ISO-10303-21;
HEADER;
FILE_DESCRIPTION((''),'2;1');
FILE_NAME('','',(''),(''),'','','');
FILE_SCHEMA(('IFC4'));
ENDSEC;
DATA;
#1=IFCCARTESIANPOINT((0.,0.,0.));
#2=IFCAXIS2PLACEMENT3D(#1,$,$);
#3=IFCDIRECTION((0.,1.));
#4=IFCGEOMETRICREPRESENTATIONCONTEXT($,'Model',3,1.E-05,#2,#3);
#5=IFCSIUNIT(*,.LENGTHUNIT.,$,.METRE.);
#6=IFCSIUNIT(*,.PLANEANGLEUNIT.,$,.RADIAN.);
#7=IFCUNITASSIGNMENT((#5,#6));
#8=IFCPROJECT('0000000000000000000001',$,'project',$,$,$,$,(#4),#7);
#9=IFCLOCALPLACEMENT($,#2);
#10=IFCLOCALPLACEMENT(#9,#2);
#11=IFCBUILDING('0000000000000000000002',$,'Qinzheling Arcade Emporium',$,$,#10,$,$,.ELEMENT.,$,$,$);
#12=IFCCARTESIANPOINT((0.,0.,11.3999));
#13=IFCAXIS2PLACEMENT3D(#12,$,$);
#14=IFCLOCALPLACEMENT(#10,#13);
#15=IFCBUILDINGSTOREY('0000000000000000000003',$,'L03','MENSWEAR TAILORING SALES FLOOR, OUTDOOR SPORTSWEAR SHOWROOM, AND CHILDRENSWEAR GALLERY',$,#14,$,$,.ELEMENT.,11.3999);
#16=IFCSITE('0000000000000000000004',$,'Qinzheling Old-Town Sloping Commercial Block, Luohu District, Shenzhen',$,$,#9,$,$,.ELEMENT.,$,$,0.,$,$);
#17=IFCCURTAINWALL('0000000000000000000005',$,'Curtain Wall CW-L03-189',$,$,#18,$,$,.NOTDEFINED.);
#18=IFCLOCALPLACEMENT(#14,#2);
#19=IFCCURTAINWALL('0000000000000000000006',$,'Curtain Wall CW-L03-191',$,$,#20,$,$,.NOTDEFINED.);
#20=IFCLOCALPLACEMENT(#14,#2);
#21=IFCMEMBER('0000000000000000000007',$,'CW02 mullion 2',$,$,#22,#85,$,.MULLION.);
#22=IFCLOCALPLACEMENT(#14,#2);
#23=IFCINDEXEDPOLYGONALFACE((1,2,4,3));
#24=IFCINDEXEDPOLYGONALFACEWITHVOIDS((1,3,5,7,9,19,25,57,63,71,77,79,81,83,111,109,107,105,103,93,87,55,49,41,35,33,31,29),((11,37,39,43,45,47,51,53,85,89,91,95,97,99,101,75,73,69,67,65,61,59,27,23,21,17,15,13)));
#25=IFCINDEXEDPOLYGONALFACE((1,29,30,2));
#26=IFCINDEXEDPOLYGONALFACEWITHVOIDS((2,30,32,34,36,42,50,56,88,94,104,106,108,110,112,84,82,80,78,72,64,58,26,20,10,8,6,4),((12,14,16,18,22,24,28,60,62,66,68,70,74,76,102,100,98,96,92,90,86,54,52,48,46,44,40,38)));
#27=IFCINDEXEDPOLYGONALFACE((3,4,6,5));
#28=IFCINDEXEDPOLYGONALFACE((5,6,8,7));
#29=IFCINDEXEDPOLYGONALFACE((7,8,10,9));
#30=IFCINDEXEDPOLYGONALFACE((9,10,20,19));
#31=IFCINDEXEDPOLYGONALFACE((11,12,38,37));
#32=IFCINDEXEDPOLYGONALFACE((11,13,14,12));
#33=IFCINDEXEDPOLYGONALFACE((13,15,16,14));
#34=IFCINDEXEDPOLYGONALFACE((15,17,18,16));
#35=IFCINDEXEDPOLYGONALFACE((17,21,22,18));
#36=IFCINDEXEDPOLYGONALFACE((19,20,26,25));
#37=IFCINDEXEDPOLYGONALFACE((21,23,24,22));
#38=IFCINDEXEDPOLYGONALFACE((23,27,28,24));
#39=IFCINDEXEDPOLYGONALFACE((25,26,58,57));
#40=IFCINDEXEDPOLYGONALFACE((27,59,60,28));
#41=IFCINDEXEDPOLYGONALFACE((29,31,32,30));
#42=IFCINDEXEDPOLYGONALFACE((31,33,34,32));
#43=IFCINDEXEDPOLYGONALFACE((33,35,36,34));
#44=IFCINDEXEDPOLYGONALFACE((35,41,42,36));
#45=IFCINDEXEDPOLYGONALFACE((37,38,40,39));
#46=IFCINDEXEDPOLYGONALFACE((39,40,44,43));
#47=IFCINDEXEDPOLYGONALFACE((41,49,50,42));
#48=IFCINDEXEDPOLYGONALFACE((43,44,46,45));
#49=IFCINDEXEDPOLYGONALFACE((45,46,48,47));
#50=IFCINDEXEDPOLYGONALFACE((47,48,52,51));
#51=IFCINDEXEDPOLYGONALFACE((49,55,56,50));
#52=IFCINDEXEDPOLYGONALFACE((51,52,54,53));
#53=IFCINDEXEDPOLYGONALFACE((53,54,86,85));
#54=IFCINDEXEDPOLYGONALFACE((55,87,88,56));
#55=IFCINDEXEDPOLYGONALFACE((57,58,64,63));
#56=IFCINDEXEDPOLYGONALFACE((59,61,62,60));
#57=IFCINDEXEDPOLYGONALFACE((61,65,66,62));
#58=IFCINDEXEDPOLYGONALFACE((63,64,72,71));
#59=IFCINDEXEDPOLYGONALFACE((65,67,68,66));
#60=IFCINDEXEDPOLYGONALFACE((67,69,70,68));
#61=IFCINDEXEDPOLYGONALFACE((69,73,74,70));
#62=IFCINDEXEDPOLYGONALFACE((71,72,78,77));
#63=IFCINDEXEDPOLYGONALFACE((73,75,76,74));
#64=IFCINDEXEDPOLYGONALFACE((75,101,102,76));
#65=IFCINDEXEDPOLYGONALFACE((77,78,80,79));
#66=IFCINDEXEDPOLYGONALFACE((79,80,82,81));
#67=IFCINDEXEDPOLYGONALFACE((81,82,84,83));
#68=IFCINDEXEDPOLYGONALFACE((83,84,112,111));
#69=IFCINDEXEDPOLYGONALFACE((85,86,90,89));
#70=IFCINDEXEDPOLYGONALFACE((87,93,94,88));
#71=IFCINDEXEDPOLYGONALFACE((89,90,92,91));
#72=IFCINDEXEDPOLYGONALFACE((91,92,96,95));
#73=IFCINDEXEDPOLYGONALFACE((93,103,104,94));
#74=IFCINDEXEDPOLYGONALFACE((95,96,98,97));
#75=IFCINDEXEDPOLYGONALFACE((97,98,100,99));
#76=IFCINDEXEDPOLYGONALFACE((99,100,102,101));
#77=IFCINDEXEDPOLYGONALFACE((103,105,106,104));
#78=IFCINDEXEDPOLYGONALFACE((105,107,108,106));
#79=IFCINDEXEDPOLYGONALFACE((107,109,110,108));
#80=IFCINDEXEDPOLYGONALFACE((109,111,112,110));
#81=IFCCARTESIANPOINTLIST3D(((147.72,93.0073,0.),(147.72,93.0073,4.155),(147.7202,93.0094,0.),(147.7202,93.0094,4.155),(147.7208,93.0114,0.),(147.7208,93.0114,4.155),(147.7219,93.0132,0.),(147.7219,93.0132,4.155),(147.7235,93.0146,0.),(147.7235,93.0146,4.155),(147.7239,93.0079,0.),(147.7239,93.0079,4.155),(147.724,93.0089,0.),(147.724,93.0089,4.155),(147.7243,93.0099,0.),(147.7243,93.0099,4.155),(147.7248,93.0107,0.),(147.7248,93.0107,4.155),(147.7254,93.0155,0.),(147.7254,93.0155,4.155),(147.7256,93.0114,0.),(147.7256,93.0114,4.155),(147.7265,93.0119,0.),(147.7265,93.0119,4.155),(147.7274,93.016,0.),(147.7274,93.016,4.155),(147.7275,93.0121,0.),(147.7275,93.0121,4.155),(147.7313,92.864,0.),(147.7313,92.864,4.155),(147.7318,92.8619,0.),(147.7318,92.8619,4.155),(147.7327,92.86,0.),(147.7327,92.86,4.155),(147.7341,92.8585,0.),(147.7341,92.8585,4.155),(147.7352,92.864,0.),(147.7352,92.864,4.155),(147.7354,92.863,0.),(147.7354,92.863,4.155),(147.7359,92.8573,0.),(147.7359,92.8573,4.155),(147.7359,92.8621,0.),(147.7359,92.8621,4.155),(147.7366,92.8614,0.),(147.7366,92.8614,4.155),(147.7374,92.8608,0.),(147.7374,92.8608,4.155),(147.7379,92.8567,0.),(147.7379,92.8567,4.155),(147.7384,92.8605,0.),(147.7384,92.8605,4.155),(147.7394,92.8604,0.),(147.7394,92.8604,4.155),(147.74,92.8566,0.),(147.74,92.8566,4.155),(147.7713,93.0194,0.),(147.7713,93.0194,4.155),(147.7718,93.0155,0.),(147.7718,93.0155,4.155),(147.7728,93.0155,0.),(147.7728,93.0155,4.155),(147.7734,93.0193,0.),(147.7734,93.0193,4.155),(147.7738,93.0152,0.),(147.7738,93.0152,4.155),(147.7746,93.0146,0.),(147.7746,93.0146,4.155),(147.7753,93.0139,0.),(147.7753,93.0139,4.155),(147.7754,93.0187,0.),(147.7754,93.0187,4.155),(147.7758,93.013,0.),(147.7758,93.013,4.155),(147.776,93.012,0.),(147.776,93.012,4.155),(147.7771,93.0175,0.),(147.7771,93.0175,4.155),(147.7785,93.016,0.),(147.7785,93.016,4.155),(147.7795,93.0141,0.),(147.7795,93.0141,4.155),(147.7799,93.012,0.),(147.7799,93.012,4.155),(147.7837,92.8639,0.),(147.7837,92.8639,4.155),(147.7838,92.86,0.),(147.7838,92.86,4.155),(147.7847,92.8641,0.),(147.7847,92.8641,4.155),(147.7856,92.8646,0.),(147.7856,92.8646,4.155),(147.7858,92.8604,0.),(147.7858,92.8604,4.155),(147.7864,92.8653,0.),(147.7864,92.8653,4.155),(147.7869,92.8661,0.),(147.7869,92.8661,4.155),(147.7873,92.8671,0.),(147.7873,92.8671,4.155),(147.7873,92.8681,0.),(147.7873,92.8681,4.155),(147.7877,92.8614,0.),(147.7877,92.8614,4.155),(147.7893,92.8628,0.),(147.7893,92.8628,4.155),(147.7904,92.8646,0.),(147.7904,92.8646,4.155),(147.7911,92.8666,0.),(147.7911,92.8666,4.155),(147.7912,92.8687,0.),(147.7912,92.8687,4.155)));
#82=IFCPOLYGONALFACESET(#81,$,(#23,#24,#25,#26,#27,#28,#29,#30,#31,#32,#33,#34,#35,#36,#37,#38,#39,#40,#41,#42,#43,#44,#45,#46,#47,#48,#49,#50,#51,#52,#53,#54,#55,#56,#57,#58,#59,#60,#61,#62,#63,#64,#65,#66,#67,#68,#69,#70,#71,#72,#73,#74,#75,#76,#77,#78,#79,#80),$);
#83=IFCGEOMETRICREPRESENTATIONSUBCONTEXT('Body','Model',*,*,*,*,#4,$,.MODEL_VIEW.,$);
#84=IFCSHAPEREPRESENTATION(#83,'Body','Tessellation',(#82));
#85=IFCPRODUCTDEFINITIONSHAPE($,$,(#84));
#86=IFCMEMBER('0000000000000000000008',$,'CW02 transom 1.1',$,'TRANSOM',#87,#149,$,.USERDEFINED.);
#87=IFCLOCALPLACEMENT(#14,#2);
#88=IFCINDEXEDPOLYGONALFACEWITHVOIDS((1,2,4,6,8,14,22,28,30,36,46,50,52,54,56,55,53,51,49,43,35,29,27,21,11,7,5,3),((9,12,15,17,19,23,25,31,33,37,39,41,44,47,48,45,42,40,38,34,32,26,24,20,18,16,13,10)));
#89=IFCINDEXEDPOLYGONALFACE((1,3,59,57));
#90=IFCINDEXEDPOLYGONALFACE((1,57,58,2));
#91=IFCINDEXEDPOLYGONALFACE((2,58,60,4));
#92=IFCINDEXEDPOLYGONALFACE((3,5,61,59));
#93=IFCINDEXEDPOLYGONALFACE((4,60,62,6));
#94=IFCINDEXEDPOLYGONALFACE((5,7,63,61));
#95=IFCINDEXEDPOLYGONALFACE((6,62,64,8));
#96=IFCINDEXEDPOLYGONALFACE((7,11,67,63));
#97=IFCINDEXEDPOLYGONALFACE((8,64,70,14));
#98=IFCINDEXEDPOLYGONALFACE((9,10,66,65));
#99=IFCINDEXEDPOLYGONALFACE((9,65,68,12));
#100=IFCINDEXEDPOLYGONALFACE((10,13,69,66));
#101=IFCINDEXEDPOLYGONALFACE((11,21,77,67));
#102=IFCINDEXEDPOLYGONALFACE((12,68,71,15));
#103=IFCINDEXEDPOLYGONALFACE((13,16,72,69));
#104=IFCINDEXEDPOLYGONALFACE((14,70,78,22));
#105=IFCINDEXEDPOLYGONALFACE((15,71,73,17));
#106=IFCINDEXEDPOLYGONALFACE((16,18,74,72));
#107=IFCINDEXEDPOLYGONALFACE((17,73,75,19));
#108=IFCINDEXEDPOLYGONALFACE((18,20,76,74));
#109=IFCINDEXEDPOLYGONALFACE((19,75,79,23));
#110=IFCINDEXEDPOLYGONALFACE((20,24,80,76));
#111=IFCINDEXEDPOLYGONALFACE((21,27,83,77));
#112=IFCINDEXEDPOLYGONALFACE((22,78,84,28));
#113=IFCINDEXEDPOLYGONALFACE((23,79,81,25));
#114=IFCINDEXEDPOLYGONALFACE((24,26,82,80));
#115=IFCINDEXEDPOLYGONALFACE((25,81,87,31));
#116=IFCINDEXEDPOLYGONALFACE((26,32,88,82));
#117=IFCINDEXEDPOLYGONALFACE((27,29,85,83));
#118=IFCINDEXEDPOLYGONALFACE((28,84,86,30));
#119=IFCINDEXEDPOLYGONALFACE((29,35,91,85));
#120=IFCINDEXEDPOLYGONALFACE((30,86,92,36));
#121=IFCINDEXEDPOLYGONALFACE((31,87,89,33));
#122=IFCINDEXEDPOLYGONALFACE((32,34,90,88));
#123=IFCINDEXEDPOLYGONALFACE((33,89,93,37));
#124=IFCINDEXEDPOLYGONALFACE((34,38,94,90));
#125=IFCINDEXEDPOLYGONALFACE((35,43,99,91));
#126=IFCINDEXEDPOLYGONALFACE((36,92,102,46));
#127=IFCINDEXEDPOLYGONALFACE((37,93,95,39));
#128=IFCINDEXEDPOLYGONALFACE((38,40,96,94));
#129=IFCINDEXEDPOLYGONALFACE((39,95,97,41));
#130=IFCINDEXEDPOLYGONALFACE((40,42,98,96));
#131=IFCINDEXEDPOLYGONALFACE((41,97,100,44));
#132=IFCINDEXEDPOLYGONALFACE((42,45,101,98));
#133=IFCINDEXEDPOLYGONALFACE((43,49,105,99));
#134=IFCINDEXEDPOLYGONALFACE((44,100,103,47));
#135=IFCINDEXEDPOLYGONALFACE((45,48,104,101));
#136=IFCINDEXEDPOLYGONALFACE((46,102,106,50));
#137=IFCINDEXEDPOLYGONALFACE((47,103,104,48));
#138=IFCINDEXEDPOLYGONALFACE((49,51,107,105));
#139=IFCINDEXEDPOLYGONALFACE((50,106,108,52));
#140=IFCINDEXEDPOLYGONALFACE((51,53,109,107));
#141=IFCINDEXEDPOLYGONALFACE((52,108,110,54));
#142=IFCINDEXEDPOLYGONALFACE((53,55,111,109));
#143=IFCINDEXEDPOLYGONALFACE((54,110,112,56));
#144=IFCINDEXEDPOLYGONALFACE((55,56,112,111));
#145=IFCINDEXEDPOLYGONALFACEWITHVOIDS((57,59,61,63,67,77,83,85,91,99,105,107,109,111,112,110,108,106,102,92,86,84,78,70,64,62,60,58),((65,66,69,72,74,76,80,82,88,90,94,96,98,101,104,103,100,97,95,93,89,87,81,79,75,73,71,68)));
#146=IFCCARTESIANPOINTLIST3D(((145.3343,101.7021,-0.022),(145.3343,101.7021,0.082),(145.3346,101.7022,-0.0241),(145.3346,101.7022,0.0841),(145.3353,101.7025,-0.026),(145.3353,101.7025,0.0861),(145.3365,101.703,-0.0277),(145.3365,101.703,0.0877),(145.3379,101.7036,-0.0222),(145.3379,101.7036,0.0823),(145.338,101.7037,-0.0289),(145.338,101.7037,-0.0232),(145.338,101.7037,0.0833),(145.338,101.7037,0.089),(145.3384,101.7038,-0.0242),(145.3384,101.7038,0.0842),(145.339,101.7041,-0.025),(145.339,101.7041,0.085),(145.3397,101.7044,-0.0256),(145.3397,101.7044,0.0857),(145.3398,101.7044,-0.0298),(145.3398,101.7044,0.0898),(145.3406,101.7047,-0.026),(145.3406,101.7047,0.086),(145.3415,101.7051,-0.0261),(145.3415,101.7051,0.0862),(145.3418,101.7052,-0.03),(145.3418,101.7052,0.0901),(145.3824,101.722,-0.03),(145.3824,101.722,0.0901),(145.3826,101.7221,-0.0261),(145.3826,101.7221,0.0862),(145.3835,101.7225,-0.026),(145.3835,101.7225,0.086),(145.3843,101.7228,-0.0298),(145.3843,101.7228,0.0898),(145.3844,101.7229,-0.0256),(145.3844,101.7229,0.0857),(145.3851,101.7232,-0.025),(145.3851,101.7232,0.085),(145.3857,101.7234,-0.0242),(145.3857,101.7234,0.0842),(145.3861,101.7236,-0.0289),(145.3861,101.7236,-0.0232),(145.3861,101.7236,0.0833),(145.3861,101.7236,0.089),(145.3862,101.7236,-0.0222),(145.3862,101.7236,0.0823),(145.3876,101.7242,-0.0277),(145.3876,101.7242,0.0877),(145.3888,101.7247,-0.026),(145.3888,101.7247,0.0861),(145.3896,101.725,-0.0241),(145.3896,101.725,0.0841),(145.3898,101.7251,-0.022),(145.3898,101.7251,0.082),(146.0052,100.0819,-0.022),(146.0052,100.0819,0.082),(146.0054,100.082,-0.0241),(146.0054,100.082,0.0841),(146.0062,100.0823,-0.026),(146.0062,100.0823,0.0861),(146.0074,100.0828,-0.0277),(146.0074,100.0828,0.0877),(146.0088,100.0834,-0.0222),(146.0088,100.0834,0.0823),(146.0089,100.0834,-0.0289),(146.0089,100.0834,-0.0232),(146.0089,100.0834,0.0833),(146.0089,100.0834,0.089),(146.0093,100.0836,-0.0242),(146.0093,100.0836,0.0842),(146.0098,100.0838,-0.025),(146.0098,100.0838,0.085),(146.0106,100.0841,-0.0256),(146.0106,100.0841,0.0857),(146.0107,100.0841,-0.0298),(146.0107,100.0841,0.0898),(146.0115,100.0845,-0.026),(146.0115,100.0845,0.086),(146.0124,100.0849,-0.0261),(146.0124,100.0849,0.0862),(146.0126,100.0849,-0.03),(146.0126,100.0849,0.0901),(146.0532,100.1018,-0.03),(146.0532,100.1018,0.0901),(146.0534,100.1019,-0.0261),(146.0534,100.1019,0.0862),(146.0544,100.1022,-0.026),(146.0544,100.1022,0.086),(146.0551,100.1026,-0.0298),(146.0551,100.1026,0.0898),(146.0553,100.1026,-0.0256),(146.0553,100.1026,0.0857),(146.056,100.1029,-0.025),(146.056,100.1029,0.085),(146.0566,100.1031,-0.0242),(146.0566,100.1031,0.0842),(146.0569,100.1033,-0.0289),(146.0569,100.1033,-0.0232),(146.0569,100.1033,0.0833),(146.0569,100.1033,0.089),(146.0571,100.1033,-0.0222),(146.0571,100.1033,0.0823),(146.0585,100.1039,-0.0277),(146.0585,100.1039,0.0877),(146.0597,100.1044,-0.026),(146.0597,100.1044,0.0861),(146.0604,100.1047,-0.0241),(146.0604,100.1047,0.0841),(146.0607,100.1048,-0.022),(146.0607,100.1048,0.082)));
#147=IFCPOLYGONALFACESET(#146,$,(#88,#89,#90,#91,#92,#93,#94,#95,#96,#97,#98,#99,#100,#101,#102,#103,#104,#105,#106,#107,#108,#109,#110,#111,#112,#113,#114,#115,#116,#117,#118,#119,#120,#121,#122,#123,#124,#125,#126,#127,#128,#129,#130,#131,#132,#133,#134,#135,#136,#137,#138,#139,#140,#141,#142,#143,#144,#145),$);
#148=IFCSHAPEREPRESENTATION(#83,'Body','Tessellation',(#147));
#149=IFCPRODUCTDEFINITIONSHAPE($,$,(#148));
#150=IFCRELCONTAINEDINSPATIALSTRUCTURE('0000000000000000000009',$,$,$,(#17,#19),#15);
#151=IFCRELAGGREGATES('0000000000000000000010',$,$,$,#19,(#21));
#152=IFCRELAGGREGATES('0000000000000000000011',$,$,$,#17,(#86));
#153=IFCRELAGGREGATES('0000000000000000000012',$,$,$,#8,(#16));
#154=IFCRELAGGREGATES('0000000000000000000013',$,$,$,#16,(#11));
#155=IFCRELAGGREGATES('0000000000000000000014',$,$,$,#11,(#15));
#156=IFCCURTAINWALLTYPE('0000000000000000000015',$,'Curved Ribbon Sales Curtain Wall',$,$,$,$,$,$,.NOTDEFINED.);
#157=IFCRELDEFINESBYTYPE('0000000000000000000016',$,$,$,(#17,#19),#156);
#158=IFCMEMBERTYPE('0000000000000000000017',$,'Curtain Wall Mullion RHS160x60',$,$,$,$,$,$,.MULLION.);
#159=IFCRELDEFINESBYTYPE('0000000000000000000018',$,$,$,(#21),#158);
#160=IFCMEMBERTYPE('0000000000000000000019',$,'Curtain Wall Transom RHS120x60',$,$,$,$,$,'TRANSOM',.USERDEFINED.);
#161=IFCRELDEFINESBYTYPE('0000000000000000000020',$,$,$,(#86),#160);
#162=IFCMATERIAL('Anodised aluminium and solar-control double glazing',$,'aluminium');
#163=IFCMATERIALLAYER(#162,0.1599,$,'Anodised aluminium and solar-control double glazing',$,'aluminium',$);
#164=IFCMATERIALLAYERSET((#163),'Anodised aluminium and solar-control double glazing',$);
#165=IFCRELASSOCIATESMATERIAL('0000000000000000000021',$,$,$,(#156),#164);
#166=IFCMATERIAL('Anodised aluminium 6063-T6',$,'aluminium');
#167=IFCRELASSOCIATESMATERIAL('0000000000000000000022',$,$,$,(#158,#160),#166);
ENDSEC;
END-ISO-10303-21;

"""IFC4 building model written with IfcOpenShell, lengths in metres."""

from ifc_helpers import new_model, si_unit, direction, frame, origin, origin_2d, place, context, subcontext, project, spatial, hollow_rectangle, extrude, material, layer, layer_set, material_profile, profile_set, type_object, element, aggregate, save


model = new_model("IFC4")

# Units and contexts
model_context = context("Model", 3, precision=1e-05, world=origin(), true_north=direction((0.0, 1.0)))
body_context = subcontext(model_context, "Body", "Model", "MODEL_VIEW")
ifc_project = project(units=[si_unit("LENGTHUNIT", "METRE"), si_unit("PLANEANGLEUNIT", "RADIAN")], contexts=[model_context])

# Site, building, storey
site_placement = place(None, origin())
site = spatial("IfcSite", under=ifc_project, at=site_placement, Name="Qinzheling Old-Town Sloping Commercial Block, Luohu District, Shenzhen", CompositionType="ELEMENT", RefElevation=0.0)
building_placement = place(site_placement, origin())
building = spatial("IfcBuilding", under=site, at=building_placement, Name="Qinzheling Arcade Emporium", CompositionType="ELEMENT")
storey_placement = place(building_placement, frame((0.0, 0.0, 11.3999)))
storey = spatial("IfcBuildingStorey", under=building, at=storey_placement, Name="L03", Description="MENSWEAR TAILORING SALES FLOOR, OUTDOOR SPORTSWEAR SHOWROOM, AND CHILDRENSWEAR GALLERY", CompositionType="ELEMENT", Elevation=11.3999)

# Curtain walls, member
ifc_material_1 = material(Name="Anodised aluminium and solar-control double glazing", Category="aluminium")
ifc_layer_1 = layer(ifc_material_1, 0.1599, Name="Anodised aluminium and solar-control double glazing", Category="aluminium")
ifc_layer_set_1 = layer_set([ifc_layer_1], Name="Anodised aluminium and solar-control double glazing")
curtain_wall_type = type_object("IfcCurtainWallType", Name="Curved Ribbon Sales Curtain Wall", PredefinedType="NOTDEFINED", material=ifc_layer_set_1)
curtain_wall_1_placement = place(storey_placement, origin())
curtain_wall_1 = element("IfcCurtainWall", 1, at=curtain_wall_1_placement, inside=storey, type_object=curtain_wall_type, Name="Curtain Wall CW-L03-189", PredefinedType="NOTDEFINED")
ifc_material_2 = material(Name="Anodised aluminium 6063-T6", Category="aluminium")
ifc_material_profile_1 = material_profile(ifc_material_2, hollow_rectangle(XDim=0.0601, YDim=0.1599, WallThickness=0.0039, InnerFilletRadius=0.0039, OuterFilletRadius=0.0081, at=origin_2d()), Name="RHS 160x60x4", Category="aluminium")
ifc_profile_set_1 = profile_set([ifc_material_profile_1], Name="Anodised aluminium 6063-T6")
member_type_1 = type_object("IfcMemberType", Name="Curtain Wall Mullion RHS160x60", PredefinedType="MULLION", material=ifc_profile_set_1)
curtain_wall_2_placement = place(storey_placement, origin())
curtain_wall_2 = element("IfcCurtainWall", 2, at=curtain_wall_2_placement, inside=storey, type_object=curtain_wall_type, Name="Curtain Wall CW-L03-191", PredefinedType="NOTDEFINED")
member_1_placement = place(storey_placement, frame((147.7556, 92.938, 0.0), z_axis=(0.0, 0.0, 1.0), x_axis=(0.996924, 0.078376, 0.0)))
member_1 = element("IfcMember", 3, at=member_1_placement, type_object=member_type_1, Name="CW02 mullion 2", PredefinedType="MULLION", context=body_context, shape_type="SweptSolid", body=[
    extrude(hollow_rectangle(XDim=0.0601, YDim=0.1599, WallThickness=0.0039, InnerFilletRadius=0.0039, OuterFilletRadius=0.0081, at=origin_2d()), origin(), (0.0, 0.0, 1.0), 4.155),
])

# Member
ifc_material_profile_2 = material_profile(ifc_material_2, hollow_rectangle(XDim=0.0601, YDim=0.1201, WallThickness=0.0039, InnerFilletRadius=0.0039, OuterFilletRadius=0.0081, at=origin_2d()), Name="RHS 120x60x4", Category="aluminium")
ifc_profile_set_2 = profile_set([ifc_material_profile_2], Name="Anodised aluminium 6063-T6")
member_type_2 = type_object("IfcMemberType", Name="Curtain Wall Transom RHS120x60", ElementType="TRANSOM", PredefinedType="USERDEFINED", material=ifc_profile_set_2)
member_2_placement = place(storey_placement, frame((145.3621, 101.7136, 0.03), z_axis=(0.382549, -0.923935, 0.0), x_axis=(0.923935, 0.382549, 0.0)))
member_2 = element("IfcMember", 4, at=member_2_placement, type_object=member_type_2, Name="CW02 transom 1.1", ObjectType="TRANSOM", PredefinedType="USERDEFINED", context=body_context, shape_type="SweptSolid", body=[
    extrude(hollow_rectangle(XDim=0.0601, YDim=0.1201, WallThickness=0.0039, InnerFilletRadius=0.0039, OuterFilletRadius=0.0081, at=origin_2d()), origin(), (0.0, 0.0, 1.0), 1.7537),
])

aggregate(curtain_wall_2, [member_1])
aggregate(curtain_wall_1, [member_2])

save(model, "model.ifc")
